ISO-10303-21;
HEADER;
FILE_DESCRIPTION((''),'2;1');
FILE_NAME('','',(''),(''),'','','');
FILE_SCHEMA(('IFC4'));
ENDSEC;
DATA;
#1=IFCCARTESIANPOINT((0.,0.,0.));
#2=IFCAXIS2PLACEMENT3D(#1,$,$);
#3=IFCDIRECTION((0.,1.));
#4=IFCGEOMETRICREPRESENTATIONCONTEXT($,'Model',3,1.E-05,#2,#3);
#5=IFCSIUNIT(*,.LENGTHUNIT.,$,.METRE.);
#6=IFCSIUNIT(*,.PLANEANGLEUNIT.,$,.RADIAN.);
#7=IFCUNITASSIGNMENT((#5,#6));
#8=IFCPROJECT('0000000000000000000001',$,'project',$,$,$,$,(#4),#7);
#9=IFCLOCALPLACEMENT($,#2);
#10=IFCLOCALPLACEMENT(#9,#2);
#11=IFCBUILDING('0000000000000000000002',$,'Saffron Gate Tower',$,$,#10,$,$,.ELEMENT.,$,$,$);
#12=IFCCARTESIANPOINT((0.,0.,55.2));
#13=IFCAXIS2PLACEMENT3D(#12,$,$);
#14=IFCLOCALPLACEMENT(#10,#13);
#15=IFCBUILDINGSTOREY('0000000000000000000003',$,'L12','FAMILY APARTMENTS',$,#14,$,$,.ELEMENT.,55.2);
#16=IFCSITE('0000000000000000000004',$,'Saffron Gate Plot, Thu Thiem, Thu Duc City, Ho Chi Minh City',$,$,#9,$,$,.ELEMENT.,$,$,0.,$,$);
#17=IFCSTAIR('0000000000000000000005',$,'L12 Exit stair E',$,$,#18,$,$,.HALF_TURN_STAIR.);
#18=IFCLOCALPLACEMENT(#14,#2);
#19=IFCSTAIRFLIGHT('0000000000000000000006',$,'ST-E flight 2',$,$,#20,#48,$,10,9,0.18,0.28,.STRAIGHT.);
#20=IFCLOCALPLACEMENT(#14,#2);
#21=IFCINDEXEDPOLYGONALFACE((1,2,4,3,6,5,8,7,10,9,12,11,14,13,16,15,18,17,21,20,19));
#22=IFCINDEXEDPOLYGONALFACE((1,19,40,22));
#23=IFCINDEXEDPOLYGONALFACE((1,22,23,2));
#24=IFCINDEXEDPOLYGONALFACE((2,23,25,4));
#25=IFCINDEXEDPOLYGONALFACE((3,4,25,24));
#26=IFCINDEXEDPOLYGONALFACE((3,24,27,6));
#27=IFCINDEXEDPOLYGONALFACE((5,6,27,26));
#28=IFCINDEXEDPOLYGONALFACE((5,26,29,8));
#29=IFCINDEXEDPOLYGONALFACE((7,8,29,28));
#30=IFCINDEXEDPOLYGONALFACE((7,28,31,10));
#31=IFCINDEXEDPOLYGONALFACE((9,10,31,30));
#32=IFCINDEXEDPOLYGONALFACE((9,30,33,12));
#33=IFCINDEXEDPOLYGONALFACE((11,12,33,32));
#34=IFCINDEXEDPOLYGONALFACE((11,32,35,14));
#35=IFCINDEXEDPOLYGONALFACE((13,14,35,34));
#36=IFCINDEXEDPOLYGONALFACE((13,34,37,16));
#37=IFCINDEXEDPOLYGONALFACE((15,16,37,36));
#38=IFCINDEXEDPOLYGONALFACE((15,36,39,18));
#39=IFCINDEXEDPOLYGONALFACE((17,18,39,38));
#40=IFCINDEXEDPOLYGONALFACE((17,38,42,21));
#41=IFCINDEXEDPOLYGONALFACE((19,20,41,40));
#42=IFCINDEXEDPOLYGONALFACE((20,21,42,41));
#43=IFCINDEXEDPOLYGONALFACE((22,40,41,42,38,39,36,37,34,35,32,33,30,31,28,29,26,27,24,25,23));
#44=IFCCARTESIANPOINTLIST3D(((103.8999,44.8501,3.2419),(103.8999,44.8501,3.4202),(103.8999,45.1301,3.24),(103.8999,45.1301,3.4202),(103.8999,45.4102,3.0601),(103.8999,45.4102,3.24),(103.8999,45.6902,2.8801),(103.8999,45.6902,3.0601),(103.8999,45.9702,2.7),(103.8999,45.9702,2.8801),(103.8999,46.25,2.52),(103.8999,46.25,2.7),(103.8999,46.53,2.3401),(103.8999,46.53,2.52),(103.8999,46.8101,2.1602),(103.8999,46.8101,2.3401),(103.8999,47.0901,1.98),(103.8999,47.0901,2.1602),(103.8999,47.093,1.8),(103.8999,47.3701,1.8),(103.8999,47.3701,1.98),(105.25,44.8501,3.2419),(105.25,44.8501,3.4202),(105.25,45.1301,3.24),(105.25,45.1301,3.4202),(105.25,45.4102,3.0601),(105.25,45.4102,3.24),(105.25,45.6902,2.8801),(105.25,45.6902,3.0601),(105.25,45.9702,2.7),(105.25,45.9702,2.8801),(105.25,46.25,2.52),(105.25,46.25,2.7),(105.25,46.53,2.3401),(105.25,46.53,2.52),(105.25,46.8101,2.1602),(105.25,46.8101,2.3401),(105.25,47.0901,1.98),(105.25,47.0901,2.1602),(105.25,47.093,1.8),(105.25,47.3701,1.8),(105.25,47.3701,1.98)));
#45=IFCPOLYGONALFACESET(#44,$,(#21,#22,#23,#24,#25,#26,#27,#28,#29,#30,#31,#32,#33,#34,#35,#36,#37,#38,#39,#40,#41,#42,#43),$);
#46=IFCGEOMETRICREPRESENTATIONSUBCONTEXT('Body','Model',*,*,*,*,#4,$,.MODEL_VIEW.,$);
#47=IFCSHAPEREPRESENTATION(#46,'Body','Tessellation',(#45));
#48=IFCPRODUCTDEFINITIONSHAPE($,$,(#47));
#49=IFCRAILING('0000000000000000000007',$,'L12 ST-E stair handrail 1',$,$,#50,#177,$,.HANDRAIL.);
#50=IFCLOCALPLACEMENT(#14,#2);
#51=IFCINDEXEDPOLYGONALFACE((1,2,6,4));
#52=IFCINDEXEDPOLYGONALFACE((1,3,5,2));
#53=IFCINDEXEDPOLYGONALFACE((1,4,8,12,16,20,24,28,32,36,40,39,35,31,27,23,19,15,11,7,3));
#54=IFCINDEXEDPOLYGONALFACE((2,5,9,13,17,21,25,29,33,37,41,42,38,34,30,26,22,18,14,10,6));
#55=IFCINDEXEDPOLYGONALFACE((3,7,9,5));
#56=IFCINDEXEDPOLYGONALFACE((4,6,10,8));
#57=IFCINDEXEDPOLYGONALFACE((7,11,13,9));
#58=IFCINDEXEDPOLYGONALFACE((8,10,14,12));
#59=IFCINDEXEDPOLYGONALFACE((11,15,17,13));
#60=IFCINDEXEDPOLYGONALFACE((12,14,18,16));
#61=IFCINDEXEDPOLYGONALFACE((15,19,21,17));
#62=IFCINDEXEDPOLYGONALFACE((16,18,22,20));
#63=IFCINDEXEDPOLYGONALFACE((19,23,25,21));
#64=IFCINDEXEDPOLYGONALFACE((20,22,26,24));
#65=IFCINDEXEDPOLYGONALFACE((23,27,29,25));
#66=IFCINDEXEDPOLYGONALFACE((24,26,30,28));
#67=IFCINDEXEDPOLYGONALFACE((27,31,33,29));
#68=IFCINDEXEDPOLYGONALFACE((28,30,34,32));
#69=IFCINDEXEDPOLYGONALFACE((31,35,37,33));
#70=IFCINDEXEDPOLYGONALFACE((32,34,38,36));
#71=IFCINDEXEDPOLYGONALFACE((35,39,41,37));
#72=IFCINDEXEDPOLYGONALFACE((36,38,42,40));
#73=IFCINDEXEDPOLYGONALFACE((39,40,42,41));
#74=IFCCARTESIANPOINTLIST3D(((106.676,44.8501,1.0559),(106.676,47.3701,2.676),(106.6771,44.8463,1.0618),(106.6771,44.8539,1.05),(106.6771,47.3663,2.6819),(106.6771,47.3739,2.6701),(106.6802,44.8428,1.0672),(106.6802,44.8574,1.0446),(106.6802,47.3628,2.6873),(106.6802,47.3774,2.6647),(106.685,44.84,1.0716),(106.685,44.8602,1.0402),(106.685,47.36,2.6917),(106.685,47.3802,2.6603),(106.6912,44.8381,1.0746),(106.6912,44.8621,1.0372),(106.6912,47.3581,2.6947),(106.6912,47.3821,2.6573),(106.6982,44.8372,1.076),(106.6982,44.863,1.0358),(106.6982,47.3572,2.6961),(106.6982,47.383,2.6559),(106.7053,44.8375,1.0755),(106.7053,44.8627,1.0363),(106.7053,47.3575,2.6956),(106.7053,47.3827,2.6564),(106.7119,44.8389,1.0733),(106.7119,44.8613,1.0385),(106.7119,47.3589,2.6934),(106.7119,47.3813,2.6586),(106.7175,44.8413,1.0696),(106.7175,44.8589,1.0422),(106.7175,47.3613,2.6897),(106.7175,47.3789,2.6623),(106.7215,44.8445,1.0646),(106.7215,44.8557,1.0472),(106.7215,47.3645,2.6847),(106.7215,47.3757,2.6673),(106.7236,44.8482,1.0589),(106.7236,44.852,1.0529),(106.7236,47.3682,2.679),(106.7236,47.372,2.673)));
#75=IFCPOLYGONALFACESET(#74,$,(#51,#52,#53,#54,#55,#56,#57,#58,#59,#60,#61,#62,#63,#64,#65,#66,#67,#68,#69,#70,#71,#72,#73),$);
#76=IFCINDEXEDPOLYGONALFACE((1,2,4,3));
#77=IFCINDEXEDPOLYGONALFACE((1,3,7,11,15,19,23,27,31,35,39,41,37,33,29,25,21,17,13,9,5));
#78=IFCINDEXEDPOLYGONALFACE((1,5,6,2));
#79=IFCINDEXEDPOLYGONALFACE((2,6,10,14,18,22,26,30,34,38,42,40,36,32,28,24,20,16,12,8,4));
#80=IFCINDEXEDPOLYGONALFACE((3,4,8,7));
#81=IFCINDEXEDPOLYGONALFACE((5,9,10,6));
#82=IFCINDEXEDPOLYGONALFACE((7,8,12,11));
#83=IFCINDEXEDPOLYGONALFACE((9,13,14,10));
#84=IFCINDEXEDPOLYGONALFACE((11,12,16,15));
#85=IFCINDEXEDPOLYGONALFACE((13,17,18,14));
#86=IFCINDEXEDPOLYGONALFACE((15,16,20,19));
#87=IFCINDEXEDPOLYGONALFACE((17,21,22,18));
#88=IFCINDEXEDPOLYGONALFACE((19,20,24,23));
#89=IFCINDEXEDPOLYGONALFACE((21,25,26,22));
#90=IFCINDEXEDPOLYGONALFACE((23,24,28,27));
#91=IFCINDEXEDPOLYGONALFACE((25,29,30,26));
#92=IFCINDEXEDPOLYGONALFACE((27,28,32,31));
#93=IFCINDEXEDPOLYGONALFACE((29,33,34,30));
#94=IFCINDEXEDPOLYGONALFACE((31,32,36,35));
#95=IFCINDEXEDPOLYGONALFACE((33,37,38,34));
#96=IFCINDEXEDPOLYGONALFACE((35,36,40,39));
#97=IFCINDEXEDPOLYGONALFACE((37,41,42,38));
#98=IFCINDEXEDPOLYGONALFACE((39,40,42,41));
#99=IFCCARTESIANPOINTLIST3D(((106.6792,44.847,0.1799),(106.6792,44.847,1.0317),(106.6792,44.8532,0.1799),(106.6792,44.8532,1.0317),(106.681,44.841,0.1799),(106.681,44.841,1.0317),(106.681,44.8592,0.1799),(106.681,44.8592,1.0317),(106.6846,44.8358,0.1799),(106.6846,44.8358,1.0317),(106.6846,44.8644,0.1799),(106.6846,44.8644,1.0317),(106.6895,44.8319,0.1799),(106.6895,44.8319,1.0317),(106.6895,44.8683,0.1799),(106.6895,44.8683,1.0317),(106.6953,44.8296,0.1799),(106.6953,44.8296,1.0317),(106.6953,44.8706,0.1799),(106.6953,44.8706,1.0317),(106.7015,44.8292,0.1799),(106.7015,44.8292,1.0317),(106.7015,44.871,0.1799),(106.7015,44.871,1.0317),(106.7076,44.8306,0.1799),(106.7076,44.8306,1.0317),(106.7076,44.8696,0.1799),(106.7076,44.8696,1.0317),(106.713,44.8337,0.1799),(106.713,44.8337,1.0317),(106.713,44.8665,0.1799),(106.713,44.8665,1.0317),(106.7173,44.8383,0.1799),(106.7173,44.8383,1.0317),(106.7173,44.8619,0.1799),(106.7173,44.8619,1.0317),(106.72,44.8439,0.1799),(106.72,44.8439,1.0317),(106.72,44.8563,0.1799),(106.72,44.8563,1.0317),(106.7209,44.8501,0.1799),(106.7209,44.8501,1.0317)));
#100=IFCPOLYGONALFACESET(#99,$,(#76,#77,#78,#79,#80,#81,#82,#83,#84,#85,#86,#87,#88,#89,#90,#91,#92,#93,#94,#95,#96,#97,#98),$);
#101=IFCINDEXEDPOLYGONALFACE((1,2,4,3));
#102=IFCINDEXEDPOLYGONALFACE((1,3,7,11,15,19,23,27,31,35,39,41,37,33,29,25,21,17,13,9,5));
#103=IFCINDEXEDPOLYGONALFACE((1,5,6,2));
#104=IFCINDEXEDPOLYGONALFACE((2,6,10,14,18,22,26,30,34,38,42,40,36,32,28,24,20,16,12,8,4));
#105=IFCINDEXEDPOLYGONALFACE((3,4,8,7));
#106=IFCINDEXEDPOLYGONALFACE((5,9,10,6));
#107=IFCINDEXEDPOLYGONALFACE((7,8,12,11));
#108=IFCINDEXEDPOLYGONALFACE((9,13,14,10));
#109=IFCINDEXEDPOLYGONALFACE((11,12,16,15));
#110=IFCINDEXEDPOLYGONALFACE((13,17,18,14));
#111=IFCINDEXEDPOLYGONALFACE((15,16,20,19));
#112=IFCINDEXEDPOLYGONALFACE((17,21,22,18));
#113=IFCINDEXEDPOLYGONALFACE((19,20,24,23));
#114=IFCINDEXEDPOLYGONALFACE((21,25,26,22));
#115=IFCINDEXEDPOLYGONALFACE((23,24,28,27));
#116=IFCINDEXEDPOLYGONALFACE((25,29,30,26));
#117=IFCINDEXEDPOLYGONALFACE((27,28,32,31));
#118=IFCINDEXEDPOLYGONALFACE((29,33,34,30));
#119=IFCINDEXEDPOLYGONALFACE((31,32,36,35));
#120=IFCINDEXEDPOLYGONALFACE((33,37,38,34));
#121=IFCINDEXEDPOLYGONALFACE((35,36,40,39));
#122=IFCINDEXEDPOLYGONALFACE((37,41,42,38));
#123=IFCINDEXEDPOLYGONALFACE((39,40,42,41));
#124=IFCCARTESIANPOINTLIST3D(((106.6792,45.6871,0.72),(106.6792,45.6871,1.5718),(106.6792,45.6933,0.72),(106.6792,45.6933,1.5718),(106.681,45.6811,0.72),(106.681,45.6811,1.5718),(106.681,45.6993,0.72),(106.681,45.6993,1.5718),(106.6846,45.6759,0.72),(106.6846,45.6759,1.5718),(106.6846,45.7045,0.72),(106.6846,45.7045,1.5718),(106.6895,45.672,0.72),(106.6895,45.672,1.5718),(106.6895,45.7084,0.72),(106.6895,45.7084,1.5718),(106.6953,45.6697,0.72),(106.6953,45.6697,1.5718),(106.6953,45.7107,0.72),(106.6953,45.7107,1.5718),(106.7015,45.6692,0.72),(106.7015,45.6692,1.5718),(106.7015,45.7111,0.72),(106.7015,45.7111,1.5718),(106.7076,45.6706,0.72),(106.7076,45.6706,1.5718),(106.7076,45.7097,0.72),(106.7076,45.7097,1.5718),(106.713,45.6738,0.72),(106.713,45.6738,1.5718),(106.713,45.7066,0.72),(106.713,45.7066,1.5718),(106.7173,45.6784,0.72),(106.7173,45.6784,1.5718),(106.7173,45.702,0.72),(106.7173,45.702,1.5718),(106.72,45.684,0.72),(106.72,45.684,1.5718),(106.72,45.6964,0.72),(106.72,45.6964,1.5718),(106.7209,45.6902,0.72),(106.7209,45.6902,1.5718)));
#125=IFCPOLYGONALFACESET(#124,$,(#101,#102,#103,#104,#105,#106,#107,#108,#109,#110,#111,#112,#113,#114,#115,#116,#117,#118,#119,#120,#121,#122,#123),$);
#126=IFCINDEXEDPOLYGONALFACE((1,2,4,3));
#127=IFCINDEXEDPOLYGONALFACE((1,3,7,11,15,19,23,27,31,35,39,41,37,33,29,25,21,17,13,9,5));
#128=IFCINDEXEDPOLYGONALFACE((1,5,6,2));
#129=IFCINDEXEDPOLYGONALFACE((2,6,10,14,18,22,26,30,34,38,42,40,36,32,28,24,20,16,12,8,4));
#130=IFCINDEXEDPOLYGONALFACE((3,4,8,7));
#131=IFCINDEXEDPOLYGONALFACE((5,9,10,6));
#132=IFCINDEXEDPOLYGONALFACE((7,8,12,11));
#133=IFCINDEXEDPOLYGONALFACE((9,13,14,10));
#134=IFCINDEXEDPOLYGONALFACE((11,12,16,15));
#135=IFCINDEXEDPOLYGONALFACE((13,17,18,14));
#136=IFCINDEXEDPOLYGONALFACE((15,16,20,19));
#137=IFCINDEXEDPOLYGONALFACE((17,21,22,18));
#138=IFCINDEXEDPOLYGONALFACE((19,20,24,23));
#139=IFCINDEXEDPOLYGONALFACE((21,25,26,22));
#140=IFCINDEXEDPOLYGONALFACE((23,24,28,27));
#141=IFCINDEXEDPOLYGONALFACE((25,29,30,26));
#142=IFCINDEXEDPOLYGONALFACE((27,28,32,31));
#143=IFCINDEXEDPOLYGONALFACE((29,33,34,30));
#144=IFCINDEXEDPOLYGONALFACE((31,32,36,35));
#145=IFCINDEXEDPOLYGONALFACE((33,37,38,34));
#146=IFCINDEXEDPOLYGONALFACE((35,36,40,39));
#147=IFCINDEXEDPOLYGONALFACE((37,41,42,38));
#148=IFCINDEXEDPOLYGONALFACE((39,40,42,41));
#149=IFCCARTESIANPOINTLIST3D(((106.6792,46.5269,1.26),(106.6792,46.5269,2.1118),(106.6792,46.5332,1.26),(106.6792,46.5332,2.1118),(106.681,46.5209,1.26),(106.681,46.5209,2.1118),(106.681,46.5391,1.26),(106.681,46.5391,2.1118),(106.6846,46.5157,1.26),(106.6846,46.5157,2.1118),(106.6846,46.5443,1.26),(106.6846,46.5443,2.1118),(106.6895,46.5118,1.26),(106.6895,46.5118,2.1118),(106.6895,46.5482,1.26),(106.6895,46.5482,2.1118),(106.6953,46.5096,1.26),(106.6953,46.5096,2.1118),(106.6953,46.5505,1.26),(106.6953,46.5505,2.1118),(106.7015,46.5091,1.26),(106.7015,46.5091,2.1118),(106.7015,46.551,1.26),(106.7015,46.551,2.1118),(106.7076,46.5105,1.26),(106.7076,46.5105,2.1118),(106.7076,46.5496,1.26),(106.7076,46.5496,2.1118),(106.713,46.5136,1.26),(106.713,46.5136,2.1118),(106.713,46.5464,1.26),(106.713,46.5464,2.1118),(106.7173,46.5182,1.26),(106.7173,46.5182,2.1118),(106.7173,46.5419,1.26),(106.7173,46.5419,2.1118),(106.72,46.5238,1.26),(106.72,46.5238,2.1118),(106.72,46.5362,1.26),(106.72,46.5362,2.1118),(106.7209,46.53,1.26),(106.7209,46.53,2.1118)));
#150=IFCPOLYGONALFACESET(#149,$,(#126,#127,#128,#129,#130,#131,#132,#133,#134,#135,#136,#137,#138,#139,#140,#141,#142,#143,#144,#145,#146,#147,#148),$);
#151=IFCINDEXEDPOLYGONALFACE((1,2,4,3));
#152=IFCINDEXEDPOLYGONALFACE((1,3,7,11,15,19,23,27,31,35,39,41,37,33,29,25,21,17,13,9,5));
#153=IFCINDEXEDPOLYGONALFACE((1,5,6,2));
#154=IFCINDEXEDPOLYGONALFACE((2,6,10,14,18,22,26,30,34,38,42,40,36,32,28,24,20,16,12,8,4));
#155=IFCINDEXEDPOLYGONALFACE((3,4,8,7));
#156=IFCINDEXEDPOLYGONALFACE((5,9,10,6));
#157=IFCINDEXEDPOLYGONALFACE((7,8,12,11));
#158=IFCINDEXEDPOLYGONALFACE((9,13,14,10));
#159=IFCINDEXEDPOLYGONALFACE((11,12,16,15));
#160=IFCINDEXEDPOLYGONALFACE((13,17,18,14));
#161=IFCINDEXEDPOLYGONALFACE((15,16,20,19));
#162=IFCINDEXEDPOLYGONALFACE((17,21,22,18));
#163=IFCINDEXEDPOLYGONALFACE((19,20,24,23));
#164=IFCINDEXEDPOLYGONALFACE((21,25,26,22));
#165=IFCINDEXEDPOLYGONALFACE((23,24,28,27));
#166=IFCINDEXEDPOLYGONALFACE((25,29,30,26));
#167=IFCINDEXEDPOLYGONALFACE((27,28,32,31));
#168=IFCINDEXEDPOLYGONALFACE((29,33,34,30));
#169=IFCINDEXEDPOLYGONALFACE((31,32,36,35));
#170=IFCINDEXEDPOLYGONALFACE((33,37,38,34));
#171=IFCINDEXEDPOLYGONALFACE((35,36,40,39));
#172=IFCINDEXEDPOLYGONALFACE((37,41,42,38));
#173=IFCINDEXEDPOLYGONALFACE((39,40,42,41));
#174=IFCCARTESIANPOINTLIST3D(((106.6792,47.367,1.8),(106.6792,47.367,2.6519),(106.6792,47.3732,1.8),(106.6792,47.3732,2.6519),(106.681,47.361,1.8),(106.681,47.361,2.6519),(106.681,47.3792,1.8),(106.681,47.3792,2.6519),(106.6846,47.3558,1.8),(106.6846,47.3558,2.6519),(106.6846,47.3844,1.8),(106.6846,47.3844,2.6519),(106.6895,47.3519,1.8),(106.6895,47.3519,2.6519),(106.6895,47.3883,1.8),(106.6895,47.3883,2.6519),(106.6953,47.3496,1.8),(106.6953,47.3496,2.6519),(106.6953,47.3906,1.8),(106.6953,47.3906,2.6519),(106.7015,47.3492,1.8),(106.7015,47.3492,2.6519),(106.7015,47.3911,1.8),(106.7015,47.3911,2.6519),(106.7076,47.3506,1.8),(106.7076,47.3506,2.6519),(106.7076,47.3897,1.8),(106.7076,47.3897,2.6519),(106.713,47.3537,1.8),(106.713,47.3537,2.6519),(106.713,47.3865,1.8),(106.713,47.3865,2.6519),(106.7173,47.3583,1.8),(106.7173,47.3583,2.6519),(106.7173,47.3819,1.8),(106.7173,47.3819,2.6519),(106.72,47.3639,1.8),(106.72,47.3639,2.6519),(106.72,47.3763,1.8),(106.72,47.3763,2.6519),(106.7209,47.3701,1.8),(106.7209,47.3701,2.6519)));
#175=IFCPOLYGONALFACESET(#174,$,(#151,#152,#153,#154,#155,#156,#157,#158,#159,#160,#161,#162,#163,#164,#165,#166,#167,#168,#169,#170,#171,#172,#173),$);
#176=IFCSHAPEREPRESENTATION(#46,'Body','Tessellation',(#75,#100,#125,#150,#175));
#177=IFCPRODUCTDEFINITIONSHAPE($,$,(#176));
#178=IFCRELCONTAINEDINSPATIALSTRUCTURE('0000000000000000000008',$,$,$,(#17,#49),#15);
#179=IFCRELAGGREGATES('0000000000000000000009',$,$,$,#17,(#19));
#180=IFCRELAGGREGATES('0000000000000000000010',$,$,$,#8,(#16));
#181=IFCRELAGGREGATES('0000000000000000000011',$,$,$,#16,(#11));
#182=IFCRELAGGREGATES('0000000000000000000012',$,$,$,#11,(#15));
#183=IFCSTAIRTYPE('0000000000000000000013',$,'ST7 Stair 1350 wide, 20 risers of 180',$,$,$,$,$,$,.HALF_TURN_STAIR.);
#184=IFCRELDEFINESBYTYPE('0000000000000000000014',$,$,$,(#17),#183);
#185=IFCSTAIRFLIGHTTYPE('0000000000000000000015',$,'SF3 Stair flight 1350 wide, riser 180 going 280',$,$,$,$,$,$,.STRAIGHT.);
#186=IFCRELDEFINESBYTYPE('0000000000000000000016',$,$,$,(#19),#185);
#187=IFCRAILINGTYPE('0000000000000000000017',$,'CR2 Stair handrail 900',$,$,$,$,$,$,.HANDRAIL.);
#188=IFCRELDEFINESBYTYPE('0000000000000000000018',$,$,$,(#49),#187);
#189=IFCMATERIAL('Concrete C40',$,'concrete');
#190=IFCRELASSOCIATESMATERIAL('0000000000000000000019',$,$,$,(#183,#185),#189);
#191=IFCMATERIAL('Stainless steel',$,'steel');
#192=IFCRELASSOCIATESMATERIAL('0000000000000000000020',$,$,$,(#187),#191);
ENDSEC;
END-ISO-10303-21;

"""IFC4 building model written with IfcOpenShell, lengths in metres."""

from ifc_helpers import new_model, si_unit, direction, frame, origin, origin_2d, place, context, subcontext, project, spatial, polyline, circle, outline, extrude, material, type_object, element, aggregate, save


model = new_model("IFC4")

# Units and contexts
model_context = context("Model", 3, precision=1e-05, world=origin(), true_north=direction((0.0, 1.0)))
body_context = subcontext(model_context, "Body", "Model", "MODEL_VIEW")
ifc_project = project(units=[si_unit("LENGTHUNIT", "METRE"), si_unit("PLANEANGLEUNIT", "RADIAN")], contexts=[model_context])

# Site, building, storey
site_placement = place(None, origin())
site = spatial("IfcSite", under=ifc_project, at=site_placement, Name="Saffron Gate Plot, Thu Thiem, Thu Duc City, Ho Chi Minh City", CompositionType="ELEMENT", RefElevation=0.0)
building_placement = place(site_placement, origin())
building = spatial("IfcBuilding", under=site, at=building_placement, Name="Saffron Gate Tower", CompositionType="ELEMENT")
storey_placement = place(building_placement, frame((0.0, 0.0, 55.2)))
storey = spatial("IfcBuildingStorey", under=building, at=storey_placement, Name="L12", Description="FAMILY APARTMENTS", CompositionType="ELEMENT", Elevation=55.2)

# Stair, stair flight
ifc_material_1 = material(Name="Concrete C40", Category="concrete")
stair_type = type_object("IfcStairType", Name="ST7 Stair 1350 wide, 20 risers of 180", PredefinedType="HALF_TURN_STAIR", material=ifc_material_1)
stair_placement = place(storey_placement, origin())
stair = element("IfcStair", 1, at=stair_placement, inside=storey, type_object=stair_type, Name="L12 Exit stair E", PredefinedType="HALF_TURN_STAIR")
stair_flight_type = type_object("IfcStairFlightType", Name="SF3 Stair flight 1350 wide, riser 180 going 280", PredefinedType="STRAIGHT", material=ifc_material_1)
stair_flight_1_placement = place(storey_placement, frame((104.575, 47.3701, 1.8), z_axis=(0.0, 0.0, 1.0), x_axis=(0.0, -1.0, 0.0)))
stair_flight_1 = element("IfcStairFlight", 2, at=stair_flight_1_placement, type_object=stair_flight_type, Name="ST-E flight 2", NumberOfRisers=10, NumberOfTreads=9, PredefinedType="STRAIGHT", RiserHeight=0.18, TreadLength=0.28, context=body_context, shape_type="SweptSolid", body=[
    extrude(outline(polyline([(0.0, 0.0), (0.0, 0.1799), (0.28, 0.1799), (0.28, 0.3601), (0.5601, 0.3601), (0.5601, 0.54), (0.8401, 0.54), (0.8401, 0.72), (1.1201, 0.72), (1.1201, 0.8999), (1.3999, 0.8999), (1.3999, 1.0801), (1.6799, 1.0801), (1.6799, 1.26), (1.96, 1.26), (1.96, 1.4399), (2.24, 1.4399), (2.24, 1.6201), (2.52, 1.6201), (2.52, 1.8), (2.52, 1.4419), (0.2771, 0.0), (0.0, 0.0)])), frame((0.0, 0.675, 0.0), z_axis=(0.0, -1.0, 0.0), x_axis=(1.0, 0.0, 0.0)), (0.0, 0.0, 1.0), 1.3501),
])
aggregate(stair, [stair_flight_1])

# Railing
ifc_material_2 = material(Name="Stainless steel", Category="steel")
railing_type_1 = type_object("IfcRailingType", Name="CR2 Stair handrail 900", PredefinedType="HANDRAIL", material=ifc_material_2)
railing_1_placement = place(storey_placement, frame((106.7, 44.8501, 0.1799)))
element("IfcRailing", 3, at=railing_1_placement, inside=storey, type_object=railing_type_1, Name="L12 ST-E stair handrail 1", PredefinedType="HANDRAIL", context=body_context, shape_type="SweptSolid", body=[
    extrude(circle(Radius=0.0239, at=origin_2d()), frame((0.0, 0.0, 0.876), z_axis=(0.0, 0.841163, 0.540782), x_axis=(-1.0, 0.0, 0.0)), (0.0, 0.0, 1.0), 2.9958),
    extrude(circle(Radius=0.021, at=origin_2d()), origin(), (0.0, 0.0, 1.0), 0.8518),
    extrude(circle(Radius=0.021, at=origin_2d()), frame((0.0, 0.8401, 0.54)), (0.0, 0.0, 1.0), 0.8518),
    extrude(circle(Radius=0.021, at=origin_2d()), frame((0.0, 1.6799, 1.0801)), (0.0, 0.0, 1.0), 0.8518),
    extrude(circle(Radius=0.021, at=origin_2d()), frame((0.0, 2.52, 1.6201)), (0.0, 0.0, 1.0), 0.8518),
])

save(model, "model.ifc")
